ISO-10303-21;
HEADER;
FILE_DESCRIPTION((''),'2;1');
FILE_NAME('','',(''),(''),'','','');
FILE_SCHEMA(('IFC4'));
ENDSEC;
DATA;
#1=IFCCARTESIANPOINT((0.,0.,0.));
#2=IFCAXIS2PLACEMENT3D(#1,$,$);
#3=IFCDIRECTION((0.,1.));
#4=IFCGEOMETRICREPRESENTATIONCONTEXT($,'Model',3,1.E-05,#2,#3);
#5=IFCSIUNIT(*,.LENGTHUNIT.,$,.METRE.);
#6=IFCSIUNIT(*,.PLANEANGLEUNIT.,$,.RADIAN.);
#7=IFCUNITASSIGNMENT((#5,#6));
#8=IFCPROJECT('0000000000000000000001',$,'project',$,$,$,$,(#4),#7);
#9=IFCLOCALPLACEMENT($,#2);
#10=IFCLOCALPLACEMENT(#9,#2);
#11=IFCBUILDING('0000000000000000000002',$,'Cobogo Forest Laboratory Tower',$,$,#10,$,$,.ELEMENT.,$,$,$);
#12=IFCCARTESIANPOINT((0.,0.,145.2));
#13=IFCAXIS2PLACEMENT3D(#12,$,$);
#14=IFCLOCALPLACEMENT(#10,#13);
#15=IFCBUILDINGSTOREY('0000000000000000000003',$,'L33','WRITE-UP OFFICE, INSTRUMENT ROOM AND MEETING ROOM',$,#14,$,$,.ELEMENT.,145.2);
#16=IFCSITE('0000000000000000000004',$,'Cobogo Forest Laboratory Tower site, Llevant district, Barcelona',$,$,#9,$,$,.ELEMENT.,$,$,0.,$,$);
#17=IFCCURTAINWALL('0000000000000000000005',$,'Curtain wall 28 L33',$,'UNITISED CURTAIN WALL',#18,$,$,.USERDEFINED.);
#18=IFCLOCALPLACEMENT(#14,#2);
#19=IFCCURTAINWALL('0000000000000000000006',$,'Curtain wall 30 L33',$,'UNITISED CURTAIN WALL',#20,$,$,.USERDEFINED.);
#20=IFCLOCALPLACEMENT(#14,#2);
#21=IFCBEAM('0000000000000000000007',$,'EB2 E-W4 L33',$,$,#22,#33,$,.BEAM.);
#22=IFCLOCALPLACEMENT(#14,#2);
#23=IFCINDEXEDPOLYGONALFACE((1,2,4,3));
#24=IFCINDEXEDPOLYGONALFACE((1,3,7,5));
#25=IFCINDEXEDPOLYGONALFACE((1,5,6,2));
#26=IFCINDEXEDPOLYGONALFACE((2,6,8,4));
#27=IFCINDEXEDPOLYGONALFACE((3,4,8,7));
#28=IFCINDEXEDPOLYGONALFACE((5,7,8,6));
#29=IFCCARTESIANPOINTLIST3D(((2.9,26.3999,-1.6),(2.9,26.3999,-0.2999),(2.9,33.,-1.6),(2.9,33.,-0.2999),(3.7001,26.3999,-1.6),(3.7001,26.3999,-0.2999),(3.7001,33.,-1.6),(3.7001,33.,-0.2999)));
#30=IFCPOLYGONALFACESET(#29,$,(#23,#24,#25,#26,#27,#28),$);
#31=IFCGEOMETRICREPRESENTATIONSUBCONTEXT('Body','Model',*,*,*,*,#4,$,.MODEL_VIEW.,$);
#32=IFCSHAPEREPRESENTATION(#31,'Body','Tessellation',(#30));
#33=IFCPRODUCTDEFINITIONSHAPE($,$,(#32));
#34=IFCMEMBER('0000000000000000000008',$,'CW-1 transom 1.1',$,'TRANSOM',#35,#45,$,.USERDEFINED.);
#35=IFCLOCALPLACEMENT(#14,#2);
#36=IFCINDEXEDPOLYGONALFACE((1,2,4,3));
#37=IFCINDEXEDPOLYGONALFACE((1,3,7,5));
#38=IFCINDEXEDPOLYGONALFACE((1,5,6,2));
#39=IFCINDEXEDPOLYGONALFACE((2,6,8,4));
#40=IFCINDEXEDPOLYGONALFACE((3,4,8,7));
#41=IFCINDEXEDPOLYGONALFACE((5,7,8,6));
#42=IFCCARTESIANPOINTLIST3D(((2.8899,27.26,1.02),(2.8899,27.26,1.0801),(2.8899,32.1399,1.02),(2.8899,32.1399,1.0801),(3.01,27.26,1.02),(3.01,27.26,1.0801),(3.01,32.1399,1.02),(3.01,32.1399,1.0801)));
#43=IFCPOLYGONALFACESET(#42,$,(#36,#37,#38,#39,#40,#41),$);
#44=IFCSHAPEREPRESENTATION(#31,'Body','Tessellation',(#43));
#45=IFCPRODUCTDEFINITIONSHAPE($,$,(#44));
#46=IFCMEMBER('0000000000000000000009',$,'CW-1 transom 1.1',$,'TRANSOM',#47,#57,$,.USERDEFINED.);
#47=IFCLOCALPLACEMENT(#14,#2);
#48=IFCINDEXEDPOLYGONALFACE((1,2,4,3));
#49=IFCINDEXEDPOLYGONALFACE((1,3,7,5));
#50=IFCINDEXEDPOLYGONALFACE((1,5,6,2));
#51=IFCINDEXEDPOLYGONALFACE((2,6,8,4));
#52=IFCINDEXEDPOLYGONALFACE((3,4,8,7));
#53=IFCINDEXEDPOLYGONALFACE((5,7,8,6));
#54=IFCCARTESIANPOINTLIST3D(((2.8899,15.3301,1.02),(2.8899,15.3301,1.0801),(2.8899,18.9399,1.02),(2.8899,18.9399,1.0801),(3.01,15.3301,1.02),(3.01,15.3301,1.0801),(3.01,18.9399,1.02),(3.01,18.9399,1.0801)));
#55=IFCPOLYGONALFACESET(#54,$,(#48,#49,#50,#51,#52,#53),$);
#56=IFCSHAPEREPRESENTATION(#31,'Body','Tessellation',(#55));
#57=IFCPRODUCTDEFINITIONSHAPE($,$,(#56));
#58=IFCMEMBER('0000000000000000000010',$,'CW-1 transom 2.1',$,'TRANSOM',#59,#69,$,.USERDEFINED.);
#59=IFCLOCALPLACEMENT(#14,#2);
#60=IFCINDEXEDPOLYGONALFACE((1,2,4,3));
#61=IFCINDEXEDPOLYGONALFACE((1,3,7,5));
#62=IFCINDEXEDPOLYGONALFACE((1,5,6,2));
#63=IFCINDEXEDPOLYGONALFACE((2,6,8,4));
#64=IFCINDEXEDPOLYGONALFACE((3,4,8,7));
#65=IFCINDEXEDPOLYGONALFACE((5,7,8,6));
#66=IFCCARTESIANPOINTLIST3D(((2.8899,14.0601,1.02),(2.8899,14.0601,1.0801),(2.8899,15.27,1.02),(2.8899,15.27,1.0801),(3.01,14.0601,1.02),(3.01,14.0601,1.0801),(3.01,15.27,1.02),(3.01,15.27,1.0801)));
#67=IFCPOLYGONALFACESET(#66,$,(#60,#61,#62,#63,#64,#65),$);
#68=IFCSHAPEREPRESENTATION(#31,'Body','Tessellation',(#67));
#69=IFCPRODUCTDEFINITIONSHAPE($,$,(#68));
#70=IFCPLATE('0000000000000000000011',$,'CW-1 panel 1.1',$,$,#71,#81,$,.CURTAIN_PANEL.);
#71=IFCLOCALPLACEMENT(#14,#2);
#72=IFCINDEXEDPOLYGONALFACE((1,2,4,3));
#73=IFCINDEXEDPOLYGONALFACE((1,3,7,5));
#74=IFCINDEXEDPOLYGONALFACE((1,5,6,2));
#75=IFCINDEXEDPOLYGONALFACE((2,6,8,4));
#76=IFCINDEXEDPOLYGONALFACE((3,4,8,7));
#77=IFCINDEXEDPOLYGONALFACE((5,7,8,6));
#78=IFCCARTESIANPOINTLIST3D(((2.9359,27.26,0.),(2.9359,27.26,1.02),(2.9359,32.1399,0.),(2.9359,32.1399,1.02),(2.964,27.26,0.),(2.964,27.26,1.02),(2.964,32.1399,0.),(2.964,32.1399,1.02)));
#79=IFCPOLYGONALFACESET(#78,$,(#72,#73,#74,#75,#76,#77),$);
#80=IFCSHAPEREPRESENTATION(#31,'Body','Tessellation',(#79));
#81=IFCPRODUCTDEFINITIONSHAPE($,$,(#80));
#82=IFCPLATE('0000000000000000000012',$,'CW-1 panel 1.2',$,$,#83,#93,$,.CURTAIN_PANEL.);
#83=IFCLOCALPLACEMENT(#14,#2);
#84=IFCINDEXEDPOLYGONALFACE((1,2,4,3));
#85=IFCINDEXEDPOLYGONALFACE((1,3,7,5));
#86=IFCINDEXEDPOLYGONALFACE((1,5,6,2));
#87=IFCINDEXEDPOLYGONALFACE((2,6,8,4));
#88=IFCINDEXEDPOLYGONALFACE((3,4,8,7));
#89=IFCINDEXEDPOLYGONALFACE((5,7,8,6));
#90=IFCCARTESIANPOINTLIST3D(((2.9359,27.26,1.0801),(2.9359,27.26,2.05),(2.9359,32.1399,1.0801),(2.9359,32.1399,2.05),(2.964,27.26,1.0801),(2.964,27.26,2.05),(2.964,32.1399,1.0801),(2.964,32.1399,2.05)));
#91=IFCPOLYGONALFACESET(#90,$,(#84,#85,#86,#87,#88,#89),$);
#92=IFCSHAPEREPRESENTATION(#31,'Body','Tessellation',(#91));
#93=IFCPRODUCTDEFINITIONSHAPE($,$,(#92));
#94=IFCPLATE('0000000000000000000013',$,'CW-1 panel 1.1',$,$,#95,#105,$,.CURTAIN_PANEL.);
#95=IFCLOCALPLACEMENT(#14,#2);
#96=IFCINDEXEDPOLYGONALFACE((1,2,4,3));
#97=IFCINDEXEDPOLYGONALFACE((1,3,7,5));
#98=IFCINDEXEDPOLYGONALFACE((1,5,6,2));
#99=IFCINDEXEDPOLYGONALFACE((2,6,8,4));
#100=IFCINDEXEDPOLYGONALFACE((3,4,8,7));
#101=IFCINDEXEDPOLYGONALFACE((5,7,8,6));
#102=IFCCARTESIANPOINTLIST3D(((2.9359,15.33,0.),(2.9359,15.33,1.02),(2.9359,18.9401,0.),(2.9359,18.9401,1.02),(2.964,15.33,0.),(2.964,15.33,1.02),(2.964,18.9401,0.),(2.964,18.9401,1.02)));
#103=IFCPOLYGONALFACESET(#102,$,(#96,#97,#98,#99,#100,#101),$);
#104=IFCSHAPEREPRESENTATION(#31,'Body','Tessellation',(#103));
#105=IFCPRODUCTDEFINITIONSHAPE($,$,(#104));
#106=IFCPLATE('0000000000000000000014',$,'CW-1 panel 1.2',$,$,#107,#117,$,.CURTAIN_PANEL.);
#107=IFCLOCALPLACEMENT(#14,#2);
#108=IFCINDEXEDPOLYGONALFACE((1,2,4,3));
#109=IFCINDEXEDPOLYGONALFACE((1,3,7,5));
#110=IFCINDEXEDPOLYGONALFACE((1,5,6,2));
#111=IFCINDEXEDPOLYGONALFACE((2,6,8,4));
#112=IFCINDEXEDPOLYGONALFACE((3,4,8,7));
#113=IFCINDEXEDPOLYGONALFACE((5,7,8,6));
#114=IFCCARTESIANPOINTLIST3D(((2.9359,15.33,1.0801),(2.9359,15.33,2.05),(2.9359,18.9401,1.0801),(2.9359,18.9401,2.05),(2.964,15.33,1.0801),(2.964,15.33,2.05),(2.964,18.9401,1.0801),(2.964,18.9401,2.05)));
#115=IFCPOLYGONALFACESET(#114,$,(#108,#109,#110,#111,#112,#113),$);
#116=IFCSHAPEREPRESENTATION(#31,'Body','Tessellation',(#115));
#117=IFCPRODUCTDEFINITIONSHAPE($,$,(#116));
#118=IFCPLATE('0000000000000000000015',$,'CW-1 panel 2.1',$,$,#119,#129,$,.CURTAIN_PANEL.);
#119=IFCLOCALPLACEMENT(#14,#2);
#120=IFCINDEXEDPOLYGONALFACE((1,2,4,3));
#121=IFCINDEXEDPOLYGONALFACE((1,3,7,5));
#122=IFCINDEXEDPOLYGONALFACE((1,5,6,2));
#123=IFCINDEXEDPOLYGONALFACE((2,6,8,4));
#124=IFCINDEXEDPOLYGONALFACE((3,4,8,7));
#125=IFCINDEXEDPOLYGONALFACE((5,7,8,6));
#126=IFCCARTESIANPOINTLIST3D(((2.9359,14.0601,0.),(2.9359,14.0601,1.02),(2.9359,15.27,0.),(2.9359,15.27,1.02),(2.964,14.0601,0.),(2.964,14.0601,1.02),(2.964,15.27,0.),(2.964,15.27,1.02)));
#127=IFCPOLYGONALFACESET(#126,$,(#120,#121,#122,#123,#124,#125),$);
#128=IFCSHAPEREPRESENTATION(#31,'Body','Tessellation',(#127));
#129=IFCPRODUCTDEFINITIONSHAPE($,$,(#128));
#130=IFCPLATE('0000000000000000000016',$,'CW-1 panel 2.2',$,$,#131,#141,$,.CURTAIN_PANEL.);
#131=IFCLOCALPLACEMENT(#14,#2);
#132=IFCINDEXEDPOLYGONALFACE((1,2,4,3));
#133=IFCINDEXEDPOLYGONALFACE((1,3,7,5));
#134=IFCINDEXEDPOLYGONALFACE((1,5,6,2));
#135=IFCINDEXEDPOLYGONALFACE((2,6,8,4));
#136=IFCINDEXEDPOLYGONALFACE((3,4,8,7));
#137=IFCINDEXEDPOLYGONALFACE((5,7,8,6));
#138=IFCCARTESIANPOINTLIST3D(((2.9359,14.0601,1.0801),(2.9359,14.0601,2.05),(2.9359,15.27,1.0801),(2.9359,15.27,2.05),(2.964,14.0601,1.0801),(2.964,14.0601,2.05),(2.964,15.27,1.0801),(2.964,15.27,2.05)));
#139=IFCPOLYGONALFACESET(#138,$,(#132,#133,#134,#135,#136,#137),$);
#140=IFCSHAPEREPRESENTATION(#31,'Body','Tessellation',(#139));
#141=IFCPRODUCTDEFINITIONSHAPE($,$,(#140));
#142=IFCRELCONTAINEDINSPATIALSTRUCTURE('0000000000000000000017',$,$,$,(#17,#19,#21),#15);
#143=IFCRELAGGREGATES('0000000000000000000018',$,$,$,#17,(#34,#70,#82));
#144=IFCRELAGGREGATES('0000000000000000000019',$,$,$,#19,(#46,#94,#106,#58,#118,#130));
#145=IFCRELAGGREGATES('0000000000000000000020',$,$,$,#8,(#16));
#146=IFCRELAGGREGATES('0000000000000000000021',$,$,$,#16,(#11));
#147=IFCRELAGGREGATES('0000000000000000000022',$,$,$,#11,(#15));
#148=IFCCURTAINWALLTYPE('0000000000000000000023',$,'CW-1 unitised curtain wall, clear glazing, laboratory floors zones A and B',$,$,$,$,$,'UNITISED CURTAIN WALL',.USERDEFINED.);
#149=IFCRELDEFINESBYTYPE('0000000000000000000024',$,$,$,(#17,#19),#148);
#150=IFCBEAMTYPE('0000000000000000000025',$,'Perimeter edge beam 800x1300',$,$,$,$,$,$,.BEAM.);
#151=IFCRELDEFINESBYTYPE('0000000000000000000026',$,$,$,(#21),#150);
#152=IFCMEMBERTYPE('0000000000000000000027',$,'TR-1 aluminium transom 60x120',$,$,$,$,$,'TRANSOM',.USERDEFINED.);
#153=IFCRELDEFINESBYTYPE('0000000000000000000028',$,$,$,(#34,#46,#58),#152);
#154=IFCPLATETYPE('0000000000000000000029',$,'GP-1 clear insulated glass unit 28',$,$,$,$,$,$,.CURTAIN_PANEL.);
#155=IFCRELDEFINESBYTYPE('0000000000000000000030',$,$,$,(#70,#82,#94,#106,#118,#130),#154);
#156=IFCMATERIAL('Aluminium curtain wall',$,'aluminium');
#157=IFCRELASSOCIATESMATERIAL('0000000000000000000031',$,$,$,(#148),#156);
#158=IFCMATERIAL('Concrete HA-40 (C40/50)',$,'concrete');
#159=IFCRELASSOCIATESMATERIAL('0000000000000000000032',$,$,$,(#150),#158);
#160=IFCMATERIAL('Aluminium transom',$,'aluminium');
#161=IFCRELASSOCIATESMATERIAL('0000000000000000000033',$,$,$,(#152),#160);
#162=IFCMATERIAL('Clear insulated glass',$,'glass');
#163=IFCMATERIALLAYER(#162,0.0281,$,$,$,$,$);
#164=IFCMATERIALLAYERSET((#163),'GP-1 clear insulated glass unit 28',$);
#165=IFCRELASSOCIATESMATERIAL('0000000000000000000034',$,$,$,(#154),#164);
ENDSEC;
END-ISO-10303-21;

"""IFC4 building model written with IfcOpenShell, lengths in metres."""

from ifc_helpers import new_model, si_unit, direction, frame, origin, origin_2d, place, context, subcontext, project, spatial, rectangle, extrude, material, layer, layer_set, material_profile, profile_set, type_object, element, aggregate, save


model = new_model("IFC4")

# Units and contexts
model_context = context("Model", 3, precision=1e-05, world=origin(), true_north=direction((0.0, 1.0)))
body_context = subcontext(model_context, "Body", "Model", "MODEL_VIEW")
ifc_project = project(units=[si_unit("LENGTHUNIT", "METRE"), si_unit("PLANEANGLEUNIT", "RADIAN")], contexts=[model_context])

# Site, building, storey
site_placement = place(None, origin())
site = spatial("IfcSite", under=ifc_project, at=site_placement, Name="Cobogo Forest Laboratory Tower site, Llevant district, Barcelona", CompositionType="ELEMENT", RefElevation=0.0)
building_placement = place(site_placement, origin())
building = spatial("IfcBuilding", under=site, at=building_placement, Name="Cobogo Forest Laboratory Tower", CompositionType="ELEMENT")
storey_placement = place(building_placement, frame((0.0, 0.0, 145.2)))
storey = spatial("IfcBuildingStorey", under=building, at=storey_placement, Name="L33", Description="WRITE-UP OFFICE, INSTRUMENT ROOM AND MEETING ROOM", CompositionType="ELEMENT", Elevation=145.2)

# Shared definitions
ifc_material_1 = material(Name="Concrete HA-40 (C40/50)", Category="concrete")

# Curtain walls
ifc_material_2 = material(Name="Aluminium curtain wall", Category="aluminium")
curtain_wall_type = type_object("IfcCurtainWallType", Name="CW-1 unitised curtain wall, clear glazing, laboratory floors zones A and B", ElementType="UNITISED CURTAIN WALL", PredefinedType="USERDEFINED", material=ifc_material_2)
curtain_wall_1_placement = place(storey_placement, origin())
curtain_wall_1 = element("IfcCurtainWall", 1, at=curtain_wall_1_placement, inside=storey, type_object=curtain_wall_type, Name="Curtain wall 28 L33", ObjectType="UNITISED CURTAIN WALL", PredefinedType="USERDEFINED")
curtain_wall_2_placement = place(storey_placement, origin())
curtain_wall_2 = element("IfcCurtainWall", 2, at=curtain_wall_2_placement, inside=storey, type_object=curtain_wall_type, Name="Curtain wall 30 L33", ObjectType="UNITISED CURTAIN WALL", PredefinedType="USERDEFINED")

# Beam
ifc_material_profile_1 = material_profile(ifc_material_1, rectangle(XDim=0.8, YDim=1.3, at=origin_2d()), Name="RC 800x1300")
ifc_profile_set_1 = profile_set([ifc_material_profile_1], Name="Concrete HA-40 (C40/50)")
beam_type_1 = type_object("IfcBeamType", Name="Perimeter edge beam 800x1300", PredefinedType="BEAM", material=ifc_profile_set_1)
beam_1_placement = place(storey_placement, frame((3.3, 26.3999, -0.95), z_axis=(0.0, 1.0, 0.0), x_axis=(-1.0, 0.0, 0.0)))
element("IfcBeam", 3, at=beam_1_placement, inside=storey, type_object=beam_type_1, Name="EB2 E-W4 L33", PredefinedType="BEAM", context=body_context, shape_type="SweptSolid", body=[
    extrude(rectangle(XDim=0.8, YDim=1.3, at=origin_2d()), origin(), (0.0, 0.0, 1.0), 6.6001),
])

# Members
ifc_material_3 = material(Name="Aluminium transom", Category="aluminium")
ifc_material_profile_2 = material_profile(ifc_material_3, rectangle(XDim=0.1201, YDim=0.0601, at=origin_2d()), Name="AL 60x120")
ifc_profile_set_2 = profile_set([ifc_material_profile_2], Name="Aluminium transom")
member_type_1 = type_object("IfcMemberType", Name="TR-1 aluminium transom 60x120", ElementType="TRANSOM", PredefinedType="USERDEFINED", material=ifc_profile_set_2)
member_1_placement = place(storey_placement, frame((2.95, 32.1399, 1.05), z_axis=(0.0, -1.0, 0.0), x_axis=(1.0, 0.0, 0.0)))
member_1 = element("IfcMember", 4, at=member_1_placement, type_object=member_type_1, Name="CW-1 transom 1.1", ObjectType="TRANSOM", PredefinedType="USERDEFINED", context=body_context, shape_type="SweptSolid", body=[
    extrude(rectangle(XDim=0.1201, YDim=0.0601, at=origin_2d()), origin(), (0.0, 0.0, 1.0), 4.8799),
])
member_2_placement = place(storey_placement, frame((2.95, 18.9399, 1.05), z_axis=(0.0, -1.0, 0.0), x_axis=(1.0, 0.0, 0.0)))
member_2 = element("IfcMember", 5, at=member_2_placement, type_object=member_type_1, Name="CW-1 transom 1.1", ObjectType="TRANSOM", PredefinedType="USERDEFINED", context=body_context, shape_type="SweptSolid", body=[
    extrude(rectangle(XDim=0.1201, YDim=0.0601, at=origin_2d()), origin(), (0.0, 0.0, 1.0), 3.6099),
])
member_3_placement = place(storey_placement, frame((2.95, 15.27, 1.05), z_axis=(0.0, -1.0, 0.0), x_axis=(1.0, 0.0, 0.0)))
member_3 = element("IfcMember", 6, at=member_3_placement, type_object=member_type_1, Name="CW-1 transom 2.1", ObjectType="TRANSOM", PredefinedType="USERDEFINED", context=body_context, shape_type="SweptSolid", body=[
    extrude(rectangle(XDim=0.1201, YDim=0.0601, at=origin_2d()), origin(), (0.0, 0.0, 1.0), 1.21),
])

# Plates
ifc_material_4 = material(Name="Clear insulated glass", Category="glass")
ifc_layer_1 = layer(ifc_material_4, 0.0281)
ifc_layer_set_1 = layer_set([ifc_layer_1], Name="GP-1 clear insulated glass unit 28")
plate_type_1 = type_object("IfcPlateType", Name="GP-1 clear insulated glass unit 28", PredefinedType="CURTAIN_PANEL", material=ifc_layer_set_1)
plate_1_placement = place(storey_placement, frame((2.95, 29.7, 0.0), z_axis=(0.0, 0.0, 1.0), x_axis=(0.0, -1.0, 0.0)))
plate_1 = element("IfcPlate", 7, at=plate_1_placement, type_object=plate_type_1, Name="CW-1 panel 1.1", PredefinedType="CURTAIN_PANEL", context=body_context, shape_type="SweptSolid", body=[
    extrude(rectangle(XDim=4.8799, YDim=0.0281, at=origin_2d()), origin(), (0.0, 0.0, 1.0), 1.02),
])
plate_2_placement = place(storey_placement, frame((2.95, 29.7, 1.0801), z_axis=(0.0, 0.0, 1.0), x_axis=(0.0, -1.0, 0.0)))
plate_2 = element("IfcPlate", 8, at=plate_2_placement, type_object=plate_type_1, Name="CW-1 panel 1.2", PredefinedType="CURTAIN_PANEL", context=body_context, shape_type="SweptSolid", body=[
    extrude(rectangle(XDim=4.8799, YDim=0.0281, at=origin_2d()), origin(), (0.0, 0.0, 1.0), 0.97),
])
aggregate(curtain_wall_1, [member_1, plate_1, plate_2])
plate_3_placement = place(storey_placement, frame((2.95, 17.135, 0.0), z_axis=(0.0, 0.0, 1.0), x_axis=(0.0, -1.0, 0.0)))
plate_3 = element("IfcPlate", 9, at=plate_3_placement, type_object=plate_type_1, Name="CW-1 panel 1.1", PredefinedType="CURTAIN_PANEL", context=body_context, shape_type="SweptSolid", body=[
    extrude(rectangle(XDim=3.6101, YDim=0.0281, at=origin_2d()), origin(), (0.0, 0.0, 1.0), 1.02),
])
plate_4_placement = place(storey_placement, frame((2.95, 17.135, 1.0801), z_axis=(0.0, 0.0, 1.0), x_axis=(0.0, -1.0, 0.0)))
plate_4 = element("IfcPlate", 10, at=plate_4_placement, type_object=plate_type_1, Name="CW-1 panel 1.2", PredefinedType="CURTAIN_PANEL", context=body_context, shape_type="SweptSolid", body=[
    extrude(rectangle(XDim=3.6101, YDim=0.0281, at=origin_2d()), origin(), (0.0, 0.0, 1.0), 0.97),
])
plate_5_placement = place(storey_placement, frame((2.95, 14.665, 0.0), z_axis=(0.0, 0.0, 1.0), x_axis=(0.0, -1.0, 0.0)))
plate_5 = element("IfcPlate", 11, at=plate_5_placement, type_object=plate_type_1, Name="CW-1 panel 2.1", PredefinedType="CURTAIN_PANEL", context=body_context, shape_type="SweptSolid", body=[
    extrude(rectangle(XDim=1.21, YDim=0.0281, at=origin_2d()), origin(), (0.0, 0.0, 1.0), 1.02),
])
plate_6_placement = place(storey_placement, frame((2.95, 14.665, 1.0801), z_axis=(0.0, 0.0, 1.0), x_axis=(0.0, -1.0, 0.0)))
plate_6 = element("IfcPlate", 12, at=plate_6_placement, type_object=plate_type_1, Name="CW-1 panel 2.2", PredefinedType="CURTAIN_PANEL", context=body_context, shape_type="SweptSolid", body=[
    extrude(rectangle(XDim=1.21, YDim=0.0281, at=origin_2d()), origin(), (0.0, 0.0, 1.0), 0.97),
])
aggregate(curtain_wall_2, [member_2, plate_3, plate_4, member_3, plate_5, plate_6])

save(model, "model.ifc")
